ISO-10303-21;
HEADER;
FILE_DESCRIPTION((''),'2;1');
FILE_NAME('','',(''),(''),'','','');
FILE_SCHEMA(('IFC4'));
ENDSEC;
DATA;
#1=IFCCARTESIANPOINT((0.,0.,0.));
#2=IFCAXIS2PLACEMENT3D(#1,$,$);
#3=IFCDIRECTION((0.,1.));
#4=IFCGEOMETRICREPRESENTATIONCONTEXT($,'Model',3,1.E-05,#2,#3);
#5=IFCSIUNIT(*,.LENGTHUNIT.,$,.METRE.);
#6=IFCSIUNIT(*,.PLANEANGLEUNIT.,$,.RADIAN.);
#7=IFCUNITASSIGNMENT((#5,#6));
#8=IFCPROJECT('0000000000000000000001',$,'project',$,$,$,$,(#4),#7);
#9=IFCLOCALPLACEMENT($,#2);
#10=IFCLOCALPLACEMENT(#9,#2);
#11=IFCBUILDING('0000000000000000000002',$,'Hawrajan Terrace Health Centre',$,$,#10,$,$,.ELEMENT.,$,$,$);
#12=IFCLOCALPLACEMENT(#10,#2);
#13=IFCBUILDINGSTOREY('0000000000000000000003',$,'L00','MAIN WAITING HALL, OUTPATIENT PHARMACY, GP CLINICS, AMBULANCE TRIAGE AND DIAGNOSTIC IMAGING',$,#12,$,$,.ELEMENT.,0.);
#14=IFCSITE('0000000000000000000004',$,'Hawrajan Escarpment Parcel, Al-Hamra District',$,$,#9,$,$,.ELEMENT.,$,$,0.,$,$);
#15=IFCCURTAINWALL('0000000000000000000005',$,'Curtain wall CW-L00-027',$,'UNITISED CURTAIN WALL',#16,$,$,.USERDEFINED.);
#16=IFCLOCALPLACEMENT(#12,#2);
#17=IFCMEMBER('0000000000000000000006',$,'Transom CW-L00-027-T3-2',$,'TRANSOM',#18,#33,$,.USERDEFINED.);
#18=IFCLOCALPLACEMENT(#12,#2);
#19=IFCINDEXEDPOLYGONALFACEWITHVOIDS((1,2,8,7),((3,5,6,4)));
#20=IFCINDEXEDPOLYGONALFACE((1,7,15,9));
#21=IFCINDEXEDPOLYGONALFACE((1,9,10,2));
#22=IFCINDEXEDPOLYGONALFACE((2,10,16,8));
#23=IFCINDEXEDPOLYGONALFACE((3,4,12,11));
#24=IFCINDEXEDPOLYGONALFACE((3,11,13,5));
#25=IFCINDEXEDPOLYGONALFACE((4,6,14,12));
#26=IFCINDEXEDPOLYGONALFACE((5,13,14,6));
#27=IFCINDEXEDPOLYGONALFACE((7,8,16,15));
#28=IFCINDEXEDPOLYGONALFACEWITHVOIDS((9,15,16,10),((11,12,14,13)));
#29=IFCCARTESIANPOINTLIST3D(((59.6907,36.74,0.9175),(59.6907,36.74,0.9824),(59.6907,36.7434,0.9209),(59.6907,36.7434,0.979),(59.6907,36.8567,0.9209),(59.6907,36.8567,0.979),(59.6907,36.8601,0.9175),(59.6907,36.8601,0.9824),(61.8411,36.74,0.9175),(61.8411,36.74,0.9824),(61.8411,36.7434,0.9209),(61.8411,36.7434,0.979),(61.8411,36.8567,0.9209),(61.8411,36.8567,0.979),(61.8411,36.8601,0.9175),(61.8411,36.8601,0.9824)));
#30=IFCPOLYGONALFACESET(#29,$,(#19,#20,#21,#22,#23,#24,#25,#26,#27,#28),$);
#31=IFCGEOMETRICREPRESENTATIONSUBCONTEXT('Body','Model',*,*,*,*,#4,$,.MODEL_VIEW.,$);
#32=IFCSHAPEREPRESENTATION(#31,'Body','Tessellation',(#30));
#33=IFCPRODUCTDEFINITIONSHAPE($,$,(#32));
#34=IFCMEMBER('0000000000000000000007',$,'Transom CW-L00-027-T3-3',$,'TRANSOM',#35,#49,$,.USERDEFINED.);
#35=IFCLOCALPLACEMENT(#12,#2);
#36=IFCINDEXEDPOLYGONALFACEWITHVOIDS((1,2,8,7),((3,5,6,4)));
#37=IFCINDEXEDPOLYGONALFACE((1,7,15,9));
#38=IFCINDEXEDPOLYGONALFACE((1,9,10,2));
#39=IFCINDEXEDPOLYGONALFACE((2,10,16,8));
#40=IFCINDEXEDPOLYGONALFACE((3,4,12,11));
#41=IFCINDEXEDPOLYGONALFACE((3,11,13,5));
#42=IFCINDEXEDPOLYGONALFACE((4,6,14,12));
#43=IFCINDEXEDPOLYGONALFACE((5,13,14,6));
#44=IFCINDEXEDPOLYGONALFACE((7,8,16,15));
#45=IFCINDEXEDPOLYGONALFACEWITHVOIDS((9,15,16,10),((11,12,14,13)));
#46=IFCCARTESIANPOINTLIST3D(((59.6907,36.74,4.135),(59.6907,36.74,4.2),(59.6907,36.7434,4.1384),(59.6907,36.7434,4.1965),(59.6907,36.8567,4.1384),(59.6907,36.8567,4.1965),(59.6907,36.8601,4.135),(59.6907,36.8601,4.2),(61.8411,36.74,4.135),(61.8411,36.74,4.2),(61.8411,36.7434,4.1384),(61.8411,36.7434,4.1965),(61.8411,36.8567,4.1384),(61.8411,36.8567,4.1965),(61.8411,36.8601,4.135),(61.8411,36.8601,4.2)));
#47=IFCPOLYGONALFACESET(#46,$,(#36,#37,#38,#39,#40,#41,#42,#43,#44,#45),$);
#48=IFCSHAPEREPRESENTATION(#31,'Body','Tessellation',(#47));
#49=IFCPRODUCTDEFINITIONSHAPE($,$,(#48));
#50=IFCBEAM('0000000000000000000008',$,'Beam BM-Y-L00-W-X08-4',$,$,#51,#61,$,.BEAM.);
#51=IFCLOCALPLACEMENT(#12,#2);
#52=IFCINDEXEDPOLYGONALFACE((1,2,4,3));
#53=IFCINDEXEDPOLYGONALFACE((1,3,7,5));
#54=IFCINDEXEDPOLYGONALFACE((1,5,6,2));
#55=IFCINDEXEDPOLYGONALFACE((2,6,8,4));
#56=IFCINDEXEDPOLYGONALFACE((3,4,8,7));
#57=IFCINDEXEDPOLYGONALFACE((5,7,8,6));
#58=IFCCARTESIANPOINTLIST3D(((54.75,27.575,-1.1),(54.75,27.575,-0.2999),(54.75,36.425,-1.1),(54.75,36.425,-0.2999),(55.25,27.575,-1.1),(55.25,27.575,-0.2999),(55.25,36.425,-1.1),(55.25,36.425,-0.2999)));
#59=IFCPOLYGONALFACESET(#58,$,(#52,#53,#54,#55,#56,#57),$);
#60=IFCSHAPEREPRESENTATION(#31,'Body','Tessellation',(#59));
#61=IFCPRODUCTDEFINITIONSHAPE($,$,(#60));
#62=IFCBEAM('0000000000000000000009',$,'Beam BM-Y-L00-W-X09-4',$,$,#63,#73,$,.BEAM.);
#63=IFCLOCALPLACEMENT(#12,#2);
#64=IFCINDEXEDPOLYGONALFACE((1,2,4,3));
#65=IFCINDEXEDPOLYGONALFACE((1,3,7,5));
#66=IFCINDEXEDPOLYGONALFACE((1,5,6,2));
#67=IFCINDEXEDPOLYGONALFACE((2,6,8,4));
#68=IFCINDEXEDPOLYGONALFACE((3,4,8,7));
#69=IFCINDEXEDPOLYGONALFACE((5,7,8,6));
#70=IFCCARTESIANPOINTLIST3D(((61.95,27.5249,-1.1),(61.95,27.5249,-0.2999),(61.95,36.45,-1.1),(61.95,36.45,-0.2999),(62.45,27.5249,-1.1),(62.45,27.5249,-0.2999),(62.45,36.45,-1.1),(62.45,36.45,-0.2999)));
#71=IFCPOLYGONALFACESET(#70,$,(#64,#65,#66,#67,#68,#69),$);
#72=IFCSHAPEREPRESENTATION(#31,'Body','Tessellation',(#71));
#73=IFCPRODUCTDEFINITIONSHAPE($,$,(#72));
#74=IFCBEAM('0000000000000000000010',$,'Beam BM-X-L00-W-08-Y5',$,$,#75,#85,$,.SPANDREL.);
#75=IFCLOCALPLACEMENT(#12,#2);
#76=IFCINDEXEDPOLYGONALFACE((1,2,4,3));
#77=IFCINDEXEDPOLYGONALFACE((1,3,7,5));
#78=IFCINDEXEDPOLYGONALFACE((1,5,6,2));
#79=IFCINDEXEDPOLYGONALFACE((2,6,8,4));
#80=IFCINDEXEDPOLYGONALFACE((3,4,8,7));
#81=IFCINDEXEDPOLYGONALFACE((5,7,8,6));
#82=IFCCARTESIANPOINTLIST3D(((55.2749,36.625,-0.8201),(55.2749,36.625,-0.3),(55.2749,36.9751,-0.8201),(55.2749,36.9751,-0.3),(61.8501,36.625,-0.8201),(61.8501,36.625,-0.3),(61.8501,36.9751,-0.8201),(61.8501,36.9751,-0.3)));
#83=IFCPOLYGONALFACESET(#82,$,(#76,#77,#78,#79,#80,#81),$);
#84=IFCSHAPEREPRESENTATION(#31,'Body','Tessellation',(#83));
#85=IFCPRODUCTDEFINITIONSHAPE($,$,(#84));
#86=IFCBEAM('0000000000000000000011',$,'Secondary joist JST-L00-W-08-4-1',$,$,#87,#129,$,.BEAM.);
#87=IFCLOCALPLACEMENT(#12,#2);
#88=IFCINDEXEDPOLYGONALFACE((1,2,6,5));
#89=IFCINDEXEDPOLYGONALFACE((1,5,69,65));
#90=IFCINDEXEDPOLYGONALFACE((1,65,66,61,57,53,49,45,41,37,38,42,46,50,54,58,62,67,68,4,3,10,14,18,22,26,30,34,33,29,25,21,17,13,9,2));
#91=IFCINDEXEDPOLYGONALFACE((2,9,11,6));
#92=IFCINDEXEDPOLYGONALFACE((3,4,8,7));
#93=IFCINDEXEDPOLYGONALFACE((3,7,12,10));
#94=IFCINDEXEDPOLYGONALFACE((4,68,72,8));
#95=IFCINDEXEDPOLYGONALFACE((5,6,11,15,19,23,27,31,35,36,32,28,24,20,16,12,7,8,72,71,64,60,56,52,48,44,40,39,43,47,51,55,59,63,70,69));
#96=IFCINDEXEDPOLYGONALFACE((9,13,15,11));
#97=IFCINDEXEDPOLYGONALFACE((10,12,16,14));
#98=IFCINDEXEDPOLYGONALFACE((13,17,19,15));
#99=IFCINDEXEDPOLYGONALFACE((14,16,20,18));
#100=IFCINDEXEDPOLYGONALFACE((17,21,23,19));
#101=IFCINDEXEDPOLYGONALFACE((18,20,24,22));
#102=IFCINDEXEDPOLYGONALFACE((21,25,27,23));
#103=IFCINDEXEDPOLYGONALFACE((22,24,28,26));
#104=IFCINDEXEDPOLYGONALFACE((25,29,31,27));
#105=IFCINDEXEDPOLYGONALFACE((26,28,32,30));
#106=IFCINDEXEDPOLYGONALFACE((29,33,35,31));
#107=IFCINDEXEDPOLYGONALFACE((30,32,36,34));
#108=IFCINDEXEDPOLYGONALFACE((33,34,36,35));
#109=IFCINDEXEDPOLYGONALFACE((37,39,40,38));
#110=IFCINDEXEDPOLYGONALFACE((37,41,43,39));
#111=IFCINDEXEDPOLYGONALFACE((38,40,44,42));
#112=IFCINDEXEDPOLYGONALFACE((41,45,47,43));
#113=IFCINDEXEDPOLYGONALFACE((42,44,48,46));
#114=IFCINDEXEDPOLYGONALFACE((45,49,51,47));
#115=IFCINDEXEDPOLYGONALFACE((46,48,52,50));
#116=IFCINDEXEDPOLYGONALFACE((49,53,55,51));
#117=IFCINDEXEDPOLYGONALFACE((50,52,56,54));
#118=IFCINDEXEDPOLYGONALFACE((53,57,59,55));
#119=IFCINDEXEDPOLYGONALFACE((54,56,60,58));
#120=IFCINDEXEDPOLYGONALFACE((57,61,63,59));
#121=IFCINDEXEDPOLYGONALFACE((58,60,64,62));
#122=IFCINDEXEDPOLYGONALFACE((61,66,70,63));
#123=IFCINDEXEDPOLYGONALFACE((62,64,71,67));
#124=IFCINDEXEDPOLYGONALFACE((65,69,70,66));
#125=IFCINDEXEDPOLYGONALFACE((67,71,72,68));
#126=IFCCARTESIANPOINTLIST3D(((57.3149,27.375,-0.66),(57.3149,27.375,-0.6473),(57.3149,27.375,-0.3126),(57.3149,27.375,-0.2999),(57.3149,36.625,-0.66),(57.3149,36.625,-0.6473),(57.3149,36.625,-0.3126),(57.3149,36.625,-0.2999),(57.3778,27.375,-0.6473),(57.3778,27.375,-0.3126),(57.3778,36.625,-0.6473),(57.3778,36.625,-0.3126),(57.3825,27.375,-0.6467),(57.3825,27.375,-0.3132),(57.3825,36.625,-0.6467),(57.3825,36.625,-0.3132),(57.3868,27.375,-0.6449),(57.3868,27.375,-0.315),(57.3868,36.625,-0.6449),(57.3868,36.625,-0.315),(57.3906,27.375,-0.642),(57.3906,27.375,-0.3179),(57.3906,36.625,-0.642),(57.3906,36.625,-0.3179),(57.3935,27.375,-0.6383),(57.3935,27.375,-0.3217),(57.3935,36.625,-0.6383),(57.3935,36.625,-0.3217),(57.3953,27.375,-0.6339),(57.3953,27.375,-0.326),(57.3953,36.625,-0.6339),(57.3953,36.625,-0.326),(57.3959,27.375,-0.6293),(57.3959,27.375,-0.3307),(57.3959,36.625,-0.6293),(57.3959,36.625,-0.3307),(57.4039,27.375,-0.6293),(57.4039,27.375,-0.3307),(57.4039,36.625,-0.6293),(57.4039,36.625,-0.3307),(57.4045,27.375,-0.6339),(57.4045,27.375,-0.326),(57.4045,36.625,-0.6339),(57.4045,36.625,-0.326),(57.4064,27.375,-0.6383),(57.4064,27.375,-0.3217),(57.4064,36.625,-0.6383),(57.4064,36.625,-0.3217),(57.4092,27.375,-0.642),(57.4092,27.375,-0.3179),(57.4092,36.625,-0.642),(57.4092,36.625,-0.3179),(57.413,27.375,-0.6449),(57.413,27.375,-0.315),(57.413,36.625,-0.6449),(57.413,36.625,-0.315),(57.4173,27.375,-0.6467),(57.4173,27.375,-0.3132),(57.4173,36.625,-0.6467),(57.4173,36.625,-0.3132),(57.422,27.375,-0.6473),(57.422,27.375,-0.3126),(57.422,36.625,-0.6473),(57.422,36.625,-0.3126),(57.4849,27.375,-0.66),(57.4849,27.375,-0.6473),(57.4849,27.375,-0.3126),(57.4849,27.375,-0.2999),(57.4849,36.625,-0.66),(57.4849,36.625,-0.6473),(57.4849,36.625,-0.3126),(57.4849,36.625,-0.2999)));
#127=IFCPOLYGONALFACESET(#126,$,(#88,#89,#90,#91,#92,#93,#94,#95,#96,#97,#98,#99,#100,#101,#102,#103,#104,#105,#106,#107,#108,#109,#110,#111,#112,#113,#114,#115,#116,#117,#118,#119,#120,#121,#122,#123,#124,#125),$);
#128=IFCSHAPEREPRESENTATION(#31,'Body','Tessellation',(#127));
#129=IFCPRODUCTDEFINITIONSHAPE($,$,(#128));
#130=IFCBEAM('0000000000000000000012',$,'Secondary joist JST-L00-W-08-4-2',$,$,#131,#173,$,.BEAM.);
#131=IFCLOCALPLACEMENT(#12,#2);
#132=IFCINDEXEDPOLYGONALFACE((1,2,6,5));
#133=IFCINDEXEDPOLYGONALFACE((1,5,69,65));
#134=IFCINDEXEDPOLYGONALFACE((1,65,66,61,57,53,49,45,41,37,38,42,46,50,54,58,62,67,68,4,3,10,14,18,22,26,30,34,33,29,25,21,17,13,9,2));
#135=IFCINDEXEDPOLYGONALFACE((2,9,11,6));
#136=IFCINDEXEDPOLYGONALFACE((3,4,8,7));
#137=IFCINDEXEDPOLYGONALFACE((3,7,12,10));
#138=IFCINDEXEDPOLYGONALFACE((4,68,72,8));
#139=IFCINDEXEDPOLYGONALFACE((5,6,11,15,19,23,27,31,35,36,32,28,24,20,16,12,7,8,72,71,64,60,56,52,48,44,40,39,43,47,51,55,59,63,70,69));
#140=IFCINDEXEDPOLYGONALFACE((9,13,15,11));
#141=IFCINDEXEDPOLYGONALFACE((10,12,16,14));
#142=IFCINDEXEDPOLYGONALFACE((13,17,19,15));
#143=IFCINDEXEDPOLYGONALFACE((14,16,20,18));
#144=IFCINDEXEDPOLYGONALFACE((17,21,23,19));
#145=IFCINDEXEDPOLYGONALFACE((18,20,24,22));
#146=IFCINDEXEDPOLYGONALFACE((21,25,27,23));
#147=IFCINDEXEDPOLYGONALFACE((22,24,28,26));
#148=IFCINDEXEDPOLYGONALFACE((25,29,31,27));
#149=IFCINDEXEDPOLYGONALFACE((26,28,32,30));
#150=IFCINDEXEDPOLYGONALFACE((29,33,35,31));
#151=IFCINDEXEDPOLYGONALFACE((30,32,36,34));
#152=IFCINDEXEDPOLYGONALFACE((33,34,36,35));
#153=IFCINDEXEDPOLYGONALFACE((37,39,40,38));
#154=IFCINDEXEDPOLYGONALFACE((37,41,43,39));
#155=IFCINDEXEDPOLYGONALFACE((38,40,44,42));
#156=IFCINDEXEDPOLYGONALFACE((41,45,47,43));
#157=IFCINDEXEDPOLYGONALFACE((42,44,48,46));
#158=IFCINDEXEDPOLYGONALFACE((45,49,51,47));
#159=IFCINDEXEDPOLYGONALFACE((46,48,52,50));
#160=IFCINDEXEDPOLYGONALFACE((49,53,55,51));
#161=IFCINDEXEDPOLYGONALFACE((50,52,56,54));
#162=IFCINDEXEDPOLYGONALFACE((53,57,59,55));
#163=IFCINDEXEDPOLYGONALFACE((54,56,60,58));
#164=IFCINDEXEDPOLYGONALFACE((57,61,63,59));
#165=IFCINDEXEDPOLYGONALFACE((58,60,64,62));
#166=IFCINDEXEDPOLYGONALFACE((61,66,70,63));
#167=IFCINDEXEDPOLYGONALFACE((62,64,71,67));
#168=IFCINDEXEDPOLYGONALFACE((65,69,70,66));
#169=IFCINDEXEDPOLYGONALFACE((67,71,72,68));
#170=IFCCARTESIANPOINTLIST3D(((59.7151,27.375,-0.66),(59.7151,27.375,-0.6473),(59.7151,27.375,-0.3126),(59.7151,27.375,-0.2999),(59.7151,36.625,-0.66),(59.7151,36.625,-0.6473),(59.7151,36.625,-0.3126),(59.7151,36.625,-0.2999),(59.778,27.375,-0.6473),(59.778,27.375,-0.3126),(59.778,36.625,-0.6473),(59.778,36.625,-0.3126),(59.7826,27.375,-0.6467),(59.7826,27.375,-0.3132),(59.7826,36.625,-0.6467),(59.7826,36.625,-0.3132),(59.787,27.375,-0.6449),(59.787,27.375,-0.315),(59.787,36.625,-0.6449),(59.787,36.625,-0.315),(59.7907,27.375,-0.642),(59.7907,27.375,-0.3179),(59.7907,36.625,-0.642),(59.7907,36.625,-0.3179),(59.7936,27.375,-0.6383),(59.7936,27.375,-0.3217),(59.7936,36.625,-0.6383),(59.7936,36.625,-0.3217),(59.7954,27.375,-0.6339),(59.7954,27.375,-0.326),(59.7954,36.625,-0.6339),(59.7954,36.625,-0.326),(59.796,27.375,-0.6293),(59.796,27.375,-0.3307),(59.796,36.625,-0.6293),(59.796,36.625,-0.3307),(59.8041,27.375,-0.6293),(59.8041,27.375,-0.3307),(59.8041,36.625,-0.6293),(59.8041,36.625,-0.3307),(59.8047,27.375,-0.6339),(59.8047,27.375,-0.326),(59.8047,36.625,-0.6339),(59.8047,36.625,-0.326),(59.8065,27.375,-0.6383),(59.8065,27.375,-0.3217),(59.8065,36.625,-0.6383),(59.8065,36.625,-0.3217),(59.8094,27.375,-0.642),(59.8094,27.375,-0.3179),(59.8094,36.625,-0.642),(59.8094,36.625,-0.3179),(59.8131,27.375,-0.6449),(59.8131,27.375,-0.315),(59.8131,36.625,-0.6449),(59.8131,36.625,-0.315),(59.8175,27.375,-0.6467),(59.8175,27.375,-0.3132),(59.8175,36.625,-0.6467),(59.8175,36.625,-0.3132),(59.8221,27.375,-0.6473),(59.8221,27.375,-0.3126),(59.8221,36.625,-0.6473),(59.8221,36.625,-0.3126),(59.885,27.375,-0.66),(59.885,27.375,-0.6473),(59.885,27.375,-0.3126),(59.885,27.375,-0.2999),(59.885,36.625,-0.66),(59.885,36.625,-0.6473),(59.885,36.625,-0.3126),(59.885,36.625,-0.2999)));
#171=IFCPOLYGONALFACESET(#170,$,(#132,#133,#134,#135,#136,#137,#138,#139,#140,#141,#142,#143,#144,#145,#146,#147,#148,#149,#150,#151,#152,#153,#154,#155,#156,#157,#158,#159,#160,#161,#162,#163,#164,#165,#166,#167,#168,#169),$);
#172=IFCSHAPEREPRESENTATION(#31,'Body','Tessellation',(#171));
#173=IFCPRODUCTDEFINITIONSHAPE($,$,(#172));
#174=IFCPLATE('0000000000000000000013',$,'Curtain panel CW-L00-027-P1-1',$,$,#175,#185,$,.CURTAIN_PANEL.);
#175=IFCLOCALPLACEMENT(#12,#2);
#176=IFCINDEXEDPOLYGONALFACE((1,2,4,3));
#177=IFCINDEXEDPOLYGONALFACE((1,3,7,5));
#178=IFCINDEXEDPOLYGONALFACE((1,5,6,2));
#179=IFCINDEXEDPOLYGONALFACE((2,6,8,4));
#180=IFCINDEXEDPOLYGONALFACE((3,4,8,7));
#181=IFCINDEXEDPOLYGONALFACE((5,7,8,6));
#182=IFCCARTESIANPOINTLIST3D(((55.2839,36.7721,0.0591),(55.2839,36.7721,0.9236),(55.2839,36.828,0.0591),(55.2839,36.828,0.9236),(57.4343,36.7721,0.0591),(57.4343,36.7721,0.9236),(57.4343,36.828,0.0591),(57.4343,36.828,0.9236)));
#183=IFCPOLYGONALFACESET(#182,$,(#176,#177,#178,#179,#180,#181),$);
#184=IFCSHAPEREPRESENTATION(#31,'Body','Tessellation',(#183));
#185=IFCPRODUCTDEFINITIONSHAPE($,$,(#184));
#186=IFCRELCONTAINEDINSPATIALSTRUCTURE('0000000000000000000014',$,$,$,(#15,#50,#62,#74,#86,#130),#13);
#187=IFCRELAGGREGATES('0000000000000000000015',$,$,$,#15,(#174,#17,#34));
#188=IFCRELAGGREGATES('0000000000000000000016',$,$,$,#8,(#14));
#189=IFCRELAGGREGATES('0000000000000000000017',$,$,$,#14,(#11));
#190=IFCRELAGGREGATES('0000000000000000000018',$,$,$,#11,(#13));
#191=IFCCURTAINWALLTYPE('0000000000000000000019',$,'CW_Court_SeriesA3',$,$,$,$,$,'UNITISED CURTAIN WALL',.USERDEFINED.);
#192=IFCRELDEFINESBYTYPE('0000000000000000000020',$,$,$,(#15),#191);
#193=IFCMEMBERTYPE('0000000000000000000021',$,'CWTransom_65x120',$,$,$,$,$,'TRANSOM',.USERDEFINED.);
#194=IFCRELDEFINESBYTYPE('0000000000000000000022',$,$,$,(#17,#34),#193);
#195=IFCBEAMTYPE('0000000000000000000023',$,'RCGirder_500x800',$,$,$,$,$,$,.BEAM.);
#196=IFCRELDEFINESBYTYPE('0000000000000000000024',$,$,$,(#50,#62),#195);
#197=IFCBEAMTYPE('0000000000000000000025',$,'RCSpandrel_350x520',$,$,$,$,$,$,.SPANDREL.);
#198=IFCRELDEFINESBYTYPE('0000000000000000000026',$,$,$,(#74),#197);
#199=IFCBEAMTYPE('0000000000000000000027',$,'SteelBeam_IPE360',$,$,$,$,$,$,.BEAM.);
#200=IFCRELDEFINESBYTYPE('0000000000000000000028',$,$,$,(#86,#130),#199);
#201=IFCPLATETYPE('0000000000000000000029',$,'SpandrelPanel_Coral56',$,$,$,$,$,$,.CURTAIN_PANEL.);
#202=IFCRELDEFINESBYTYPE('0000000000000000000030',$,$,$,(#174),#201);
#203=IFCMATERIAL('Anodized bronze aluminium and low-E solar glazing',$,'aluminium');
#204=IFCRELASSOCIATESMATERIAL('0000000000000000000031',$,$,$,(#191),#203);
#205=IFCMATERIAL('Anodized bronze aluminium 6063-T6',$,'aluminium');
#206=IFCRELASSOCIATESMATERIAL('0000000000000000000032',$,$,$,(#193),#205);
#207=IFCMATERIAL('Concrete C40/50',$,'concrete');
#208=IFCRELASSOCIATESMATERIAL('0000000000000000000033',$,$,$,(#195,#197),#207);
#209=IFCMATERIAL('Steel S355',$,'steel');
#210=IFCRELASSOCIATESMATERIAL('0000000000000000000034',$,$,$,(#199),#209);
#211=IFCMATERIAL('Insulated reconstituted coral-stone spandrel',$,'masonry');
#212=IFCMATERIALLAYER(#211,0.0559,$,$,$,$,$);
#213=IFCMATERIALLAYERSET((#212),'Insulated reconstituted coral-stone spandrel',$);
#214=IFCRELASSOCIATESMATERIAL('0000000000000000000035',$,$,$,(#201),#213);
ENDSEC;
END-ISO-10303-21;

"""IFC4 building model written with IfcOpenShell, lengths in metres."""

from ifc_helpers import new_model, si_unit, direction, frame, origin, origin_2d, place, context, subcontext, project, spatial, rectangle, hollow_rectangle, i_section, extrude, material, layer, layer_set, material_profile, profile_set, type_object, element, aggregate, save


model = new_model("IFC4")

# Units and contexts
model_context = context("Model", 3, precision=1e-05, world=origin(), true_north=direction((0.0, 1.0)))
body_context = subcontext(model_context, "Body", "Model", "MODEL_VIEW")
ifc_project = project(units=[si_unit("LENGTHUNIT", "METRE"), si_unit("PLANEANGLEUNIT", "RADIAN")], contexts=[model_context])

# Site, building, storey
site_placement = place(None, origin())
site = spatial("IfcSite", under=ifc_project, at=site_placement, Name="Hawrajan Escarpment Parcel, Al-Hamra District", CompositionType="ELEMENT", RefElevation=0.0)
building_placement = place(site_placement, origin())
building = spatial("IfcBuilding", under=site, at=building_placement, Name="Hawrajan Terrace Health Centre", CompositionType="ELEMENT")
storey_placement = place(building_placement, origin())
storey = spatial("IfcBuildingStorey", under=building, at=storey_placement, Name="L00", Description="MAIN WAITING HALL, OUTPATIENT PHARMACY, GP CLINICS, AMBULANCE TRIAGE AND DIAGNOSTIC IMAGING", CompositionType="ELEMENT", Elevation=0.0)

# Shared definitions
ifc_material_1 = material(Name="Concrete C40/50", Category="concrete")

# Curtain wall, members
ifc_material_2 = material(Name="Anodized bronze aluminium and low-E solar glazing", Category="aluminium")
curtain_wall_type = type_object("IfcCurtainWallType", Name="CW_Court_SeriesA3", ElementType="UNITISED CURTAIN WALL", PredefinedType="USERDEFINED", material=ifc_material_2)
curtain_wall_placement = place(storey_placement, origin())
curtain_wall = element("IfcCurtainWall", 1, at=curtain_wall_placement, inside=storey, type_object=curtain_wall_type, Name="Curtain wall CW-L00-027", ObjectType="UNITISED CURTAIN WALL", PredefinedType="USERDEFINED")
ifc_material_3 = material(Name="Anodized bronze aluminium 6063-T6", Category="aluminium")
ifc_material_profile_1 = material_profile(ifc_material_3, hollow_rectangle(XDim=0.0649, YDim=0.1201, WallThickness=0.0034, at=origin_2d()), Name="CW TRN 65x120")
ifc_profile_set_1 = profile_set([ifc_material_profile_1], Name="Anodized bronze aluminium 6063-T6")
member_type_1 = type_object("IfcMemberType", Name="CWTransom_65x120", ElementType="TRANSOM", PredefinedType="USERDEFINED", material=ifc_profile_set_1)
member_1_placement = place(storey_placement, frame((59.6907, 36.8, 0.95), z_axis=(1.0, 0.0, 0.0), x_axis=(0.0, 0.0, 1.0)))
member_1 = element("IfcMember", 2, at=member_1_placement, type_object=member_type_1, Name="Transom CW-L00-027-T3-2", ObjectType="TRANSOM", PredefinedType="USERDEFINED", context=body_context, shape_type="SweptSolid", body=[
    extrude(hollow_rectangle(XDim=0.0649, YDim=0.1201, WallThickness=0.0034, at=origin_2d()), origin(), (0.0, 0.0, 1.0), 2.1504),
])
member_2_placement = place(storey_placement, frame((59.6907, 36.8, 4.1675), z_axis=(1.0, 0.0, 0.0), x_axis=(0.0, 0.0, 1.0)))
member_2 = element("IfcMember", 3, at=member_2_placement, type_object=member_type_1, Name="Transom CW-L00-027-T3-3", ObjectType="TRANSOM", PredefinedType="USERDEFINED", context=body_context, shape_type="SweptSolid", body=[
    extrude(hollow_rectangle(XDim=0.0649, YDim=0.1201, WallThickness=0.0034, at=origin_2d()), origin(), (0.0, 0.0, 1.0), 2.1504),
])

# Beams
ifc_material_profile_2 = material_profile(ifc_material_1, rectangle(XDim=0.5, YDim=0.8, at=origin_2d()), Name="RC BM 500x800")
ifc_profile_set_2 = profile_set([ifc_material_profile_2], Name="Concrete C40/50")
beam_type_1 = type_object("IfcBeamType", Name="RCGirder_500x800", PredefinedType="BEAM", material=ifc_profile_set_2)
beam_1_placement = place(storey_placement, frame((55.0, 27.575, -0.7), z_axis=(0.0, 1.0, 0.0), x_axis=(-1.0, 0.0, 0.0)))
element("IfcBeam", 4, at=beam_1_placement, inside=storey, type_object=beam_type_1, Name="Beam BM-Y-L00-W-X08-4", PredefinedType="BEAM", context=body_context, shape_type="SweptSolid", body=[
    extrude(rectangle(XDim=0.5, YDim=0.8, at=origin_2d()), origin(), (0.0, 0.0, 1.0), 8.8501),
])
beam_2_placement = place(storey_placement, frame((62.2, 27.5249, -0.7), z_axis=(0.0, 1.0, 0.0), x_axis=(-1.0, 0.0, 0.0)))
element("IfcBeam", 5, at=beam_2_placement, inside=storey, type_object=beam_type_1, Name="Beam BM-Y-L00-W-X09-4", PredefinedType="BEAM", context=body_context, shape_type="SweptSolid", body=[
    extrude(rectangle(XDim=0.5, YDim=0.8, at=origin_2d()), origin(), (0.0, 0.0, 1.0), 8.925),
])
ifc_material_profile_3 = material_profile(ifc_material_1, rectangle(XDim=0.3501, YDim=0.52, at=origin_2d()), Name="RC SP 350x520")
ifc_profile_set_3 = profile_set([ifc_material_profile_3], Name="Concrete C40/50")
beam_type_2 = type_object("IfcBeamType", Name="RCSpandrel_350x520", PredefinedType="SPANDREL", material=ifc_profile_set_3)
beam_3_placement = place(storey_placement, frame((55.2749, 36.8, -0.5601), z_axis=(1.0, 0.0, 0.0), x_axis=(0.0, 1.0, 0.0)))
element("IfcBeam", 6, at=beam_3_placement, inside=storey, type_object=beam_type_2, Name="Beam BM-X-L00-W-08-Y5", PredefinedType="SPANDREL", context=body_context, shape_type="SweptSolid", body=[
    extrude(rectangle(XDim=0.3501, YDim=0.52, at=origin_2d()), origin(), (0.0, 0.0, 1.0), 6.5752),
])
ifc_material_4 = material(Name="Steel S355", Category="steel")
ifc_material_profile_4 = material_profile(ifc_material_4, i_section(OverallWidth=0.1699, OverallDepth=0.3601, WebThickness=0.0081, FlangeThickness=0.0127, FilletRadius=0.0181, at=origin_2d()), Name="IPE 360")
ifc_profile_set_4 = profile_set([ifc_material_profile_4], Name="Steel S355")
beam_type_3 = type_object("IfcBeamType", Name="SteelBeam_IPE360", PredefinedType="BEAM", material=ifc_profile_set_4)
for number, where, z_axis, x_axis, name in (
    (7, (57.3999, 27.375, -0.48), (0.0, 1.0, 0.0), (-1.0, 0.0, 0.0), "Secondary joist JST-L00-W-08-4-1"),
    (8, (59.8, 27.375, -0.48), (0.0, 1.0, 0.0), (-1.0, 0.0, 0.0), "Secondary joist JST-L00-W-08-4-2"),
):
    element("IfcBeam", number, at=place(storey_placement, frame(where, z_axis=z_axis, x_axis=x_axis)), inside=storey, type_object=beam_type_3, Name=name, PredefinedType="BEAM", context=body_context, shape_type="SweptSolid", body=[
        extrude(i_section(OverallWidth=0.1699, OverallDepth=0.3601, WebThickness=0.0081, FlangeThickness=0.0127, FilletRadius=0.0181, at=origin_2d()), origin(), (0.0, 0.0, 1.0), 9.25),
    ])

# Plate
ifc_material_5 = material(Name="Insulated reconstituted coral-stone spandrel", Category="masonry")
ifc_layer_1 = layer(ifc_material_5, 0.0559)
ifc_layer_set_1 = layer_set([ifc_layer_1], Name="Insulated reconstituted coral-stone spandrel")
plate_type_1 = type_object("IfcPlateType", Name="SpandrelPanel_Coral56", PredefinedType="CURTAIN_PANEL", material=ifc_layer_set_1)
plate_1_placement = place(storey_placement, frame((56.3591, 36.8, 0.0591), z_axis=(0.0, 0.0, 1.0), x_axis=(1.0, 0.0, 0.0)))
plate_1 = element("IfcPlate", 9, at=plate_1_placement, type_object=plate_type_1, Name="Curtain panel CW-L00-027-P1-1", PredefinedType="CURTAIN_PANEL", context=body_context, shape_type="SweptSolid", body=[
    extrude(rectangle(XDim=2.1504, YDim=0.0559, at=origin_2d()), origin(), (0.0, 0.0, 1.0), 0.8645),
])
aggregate(curtain_wall, [plate_1, member_1, member_2])

save(model, "model.ifc")
